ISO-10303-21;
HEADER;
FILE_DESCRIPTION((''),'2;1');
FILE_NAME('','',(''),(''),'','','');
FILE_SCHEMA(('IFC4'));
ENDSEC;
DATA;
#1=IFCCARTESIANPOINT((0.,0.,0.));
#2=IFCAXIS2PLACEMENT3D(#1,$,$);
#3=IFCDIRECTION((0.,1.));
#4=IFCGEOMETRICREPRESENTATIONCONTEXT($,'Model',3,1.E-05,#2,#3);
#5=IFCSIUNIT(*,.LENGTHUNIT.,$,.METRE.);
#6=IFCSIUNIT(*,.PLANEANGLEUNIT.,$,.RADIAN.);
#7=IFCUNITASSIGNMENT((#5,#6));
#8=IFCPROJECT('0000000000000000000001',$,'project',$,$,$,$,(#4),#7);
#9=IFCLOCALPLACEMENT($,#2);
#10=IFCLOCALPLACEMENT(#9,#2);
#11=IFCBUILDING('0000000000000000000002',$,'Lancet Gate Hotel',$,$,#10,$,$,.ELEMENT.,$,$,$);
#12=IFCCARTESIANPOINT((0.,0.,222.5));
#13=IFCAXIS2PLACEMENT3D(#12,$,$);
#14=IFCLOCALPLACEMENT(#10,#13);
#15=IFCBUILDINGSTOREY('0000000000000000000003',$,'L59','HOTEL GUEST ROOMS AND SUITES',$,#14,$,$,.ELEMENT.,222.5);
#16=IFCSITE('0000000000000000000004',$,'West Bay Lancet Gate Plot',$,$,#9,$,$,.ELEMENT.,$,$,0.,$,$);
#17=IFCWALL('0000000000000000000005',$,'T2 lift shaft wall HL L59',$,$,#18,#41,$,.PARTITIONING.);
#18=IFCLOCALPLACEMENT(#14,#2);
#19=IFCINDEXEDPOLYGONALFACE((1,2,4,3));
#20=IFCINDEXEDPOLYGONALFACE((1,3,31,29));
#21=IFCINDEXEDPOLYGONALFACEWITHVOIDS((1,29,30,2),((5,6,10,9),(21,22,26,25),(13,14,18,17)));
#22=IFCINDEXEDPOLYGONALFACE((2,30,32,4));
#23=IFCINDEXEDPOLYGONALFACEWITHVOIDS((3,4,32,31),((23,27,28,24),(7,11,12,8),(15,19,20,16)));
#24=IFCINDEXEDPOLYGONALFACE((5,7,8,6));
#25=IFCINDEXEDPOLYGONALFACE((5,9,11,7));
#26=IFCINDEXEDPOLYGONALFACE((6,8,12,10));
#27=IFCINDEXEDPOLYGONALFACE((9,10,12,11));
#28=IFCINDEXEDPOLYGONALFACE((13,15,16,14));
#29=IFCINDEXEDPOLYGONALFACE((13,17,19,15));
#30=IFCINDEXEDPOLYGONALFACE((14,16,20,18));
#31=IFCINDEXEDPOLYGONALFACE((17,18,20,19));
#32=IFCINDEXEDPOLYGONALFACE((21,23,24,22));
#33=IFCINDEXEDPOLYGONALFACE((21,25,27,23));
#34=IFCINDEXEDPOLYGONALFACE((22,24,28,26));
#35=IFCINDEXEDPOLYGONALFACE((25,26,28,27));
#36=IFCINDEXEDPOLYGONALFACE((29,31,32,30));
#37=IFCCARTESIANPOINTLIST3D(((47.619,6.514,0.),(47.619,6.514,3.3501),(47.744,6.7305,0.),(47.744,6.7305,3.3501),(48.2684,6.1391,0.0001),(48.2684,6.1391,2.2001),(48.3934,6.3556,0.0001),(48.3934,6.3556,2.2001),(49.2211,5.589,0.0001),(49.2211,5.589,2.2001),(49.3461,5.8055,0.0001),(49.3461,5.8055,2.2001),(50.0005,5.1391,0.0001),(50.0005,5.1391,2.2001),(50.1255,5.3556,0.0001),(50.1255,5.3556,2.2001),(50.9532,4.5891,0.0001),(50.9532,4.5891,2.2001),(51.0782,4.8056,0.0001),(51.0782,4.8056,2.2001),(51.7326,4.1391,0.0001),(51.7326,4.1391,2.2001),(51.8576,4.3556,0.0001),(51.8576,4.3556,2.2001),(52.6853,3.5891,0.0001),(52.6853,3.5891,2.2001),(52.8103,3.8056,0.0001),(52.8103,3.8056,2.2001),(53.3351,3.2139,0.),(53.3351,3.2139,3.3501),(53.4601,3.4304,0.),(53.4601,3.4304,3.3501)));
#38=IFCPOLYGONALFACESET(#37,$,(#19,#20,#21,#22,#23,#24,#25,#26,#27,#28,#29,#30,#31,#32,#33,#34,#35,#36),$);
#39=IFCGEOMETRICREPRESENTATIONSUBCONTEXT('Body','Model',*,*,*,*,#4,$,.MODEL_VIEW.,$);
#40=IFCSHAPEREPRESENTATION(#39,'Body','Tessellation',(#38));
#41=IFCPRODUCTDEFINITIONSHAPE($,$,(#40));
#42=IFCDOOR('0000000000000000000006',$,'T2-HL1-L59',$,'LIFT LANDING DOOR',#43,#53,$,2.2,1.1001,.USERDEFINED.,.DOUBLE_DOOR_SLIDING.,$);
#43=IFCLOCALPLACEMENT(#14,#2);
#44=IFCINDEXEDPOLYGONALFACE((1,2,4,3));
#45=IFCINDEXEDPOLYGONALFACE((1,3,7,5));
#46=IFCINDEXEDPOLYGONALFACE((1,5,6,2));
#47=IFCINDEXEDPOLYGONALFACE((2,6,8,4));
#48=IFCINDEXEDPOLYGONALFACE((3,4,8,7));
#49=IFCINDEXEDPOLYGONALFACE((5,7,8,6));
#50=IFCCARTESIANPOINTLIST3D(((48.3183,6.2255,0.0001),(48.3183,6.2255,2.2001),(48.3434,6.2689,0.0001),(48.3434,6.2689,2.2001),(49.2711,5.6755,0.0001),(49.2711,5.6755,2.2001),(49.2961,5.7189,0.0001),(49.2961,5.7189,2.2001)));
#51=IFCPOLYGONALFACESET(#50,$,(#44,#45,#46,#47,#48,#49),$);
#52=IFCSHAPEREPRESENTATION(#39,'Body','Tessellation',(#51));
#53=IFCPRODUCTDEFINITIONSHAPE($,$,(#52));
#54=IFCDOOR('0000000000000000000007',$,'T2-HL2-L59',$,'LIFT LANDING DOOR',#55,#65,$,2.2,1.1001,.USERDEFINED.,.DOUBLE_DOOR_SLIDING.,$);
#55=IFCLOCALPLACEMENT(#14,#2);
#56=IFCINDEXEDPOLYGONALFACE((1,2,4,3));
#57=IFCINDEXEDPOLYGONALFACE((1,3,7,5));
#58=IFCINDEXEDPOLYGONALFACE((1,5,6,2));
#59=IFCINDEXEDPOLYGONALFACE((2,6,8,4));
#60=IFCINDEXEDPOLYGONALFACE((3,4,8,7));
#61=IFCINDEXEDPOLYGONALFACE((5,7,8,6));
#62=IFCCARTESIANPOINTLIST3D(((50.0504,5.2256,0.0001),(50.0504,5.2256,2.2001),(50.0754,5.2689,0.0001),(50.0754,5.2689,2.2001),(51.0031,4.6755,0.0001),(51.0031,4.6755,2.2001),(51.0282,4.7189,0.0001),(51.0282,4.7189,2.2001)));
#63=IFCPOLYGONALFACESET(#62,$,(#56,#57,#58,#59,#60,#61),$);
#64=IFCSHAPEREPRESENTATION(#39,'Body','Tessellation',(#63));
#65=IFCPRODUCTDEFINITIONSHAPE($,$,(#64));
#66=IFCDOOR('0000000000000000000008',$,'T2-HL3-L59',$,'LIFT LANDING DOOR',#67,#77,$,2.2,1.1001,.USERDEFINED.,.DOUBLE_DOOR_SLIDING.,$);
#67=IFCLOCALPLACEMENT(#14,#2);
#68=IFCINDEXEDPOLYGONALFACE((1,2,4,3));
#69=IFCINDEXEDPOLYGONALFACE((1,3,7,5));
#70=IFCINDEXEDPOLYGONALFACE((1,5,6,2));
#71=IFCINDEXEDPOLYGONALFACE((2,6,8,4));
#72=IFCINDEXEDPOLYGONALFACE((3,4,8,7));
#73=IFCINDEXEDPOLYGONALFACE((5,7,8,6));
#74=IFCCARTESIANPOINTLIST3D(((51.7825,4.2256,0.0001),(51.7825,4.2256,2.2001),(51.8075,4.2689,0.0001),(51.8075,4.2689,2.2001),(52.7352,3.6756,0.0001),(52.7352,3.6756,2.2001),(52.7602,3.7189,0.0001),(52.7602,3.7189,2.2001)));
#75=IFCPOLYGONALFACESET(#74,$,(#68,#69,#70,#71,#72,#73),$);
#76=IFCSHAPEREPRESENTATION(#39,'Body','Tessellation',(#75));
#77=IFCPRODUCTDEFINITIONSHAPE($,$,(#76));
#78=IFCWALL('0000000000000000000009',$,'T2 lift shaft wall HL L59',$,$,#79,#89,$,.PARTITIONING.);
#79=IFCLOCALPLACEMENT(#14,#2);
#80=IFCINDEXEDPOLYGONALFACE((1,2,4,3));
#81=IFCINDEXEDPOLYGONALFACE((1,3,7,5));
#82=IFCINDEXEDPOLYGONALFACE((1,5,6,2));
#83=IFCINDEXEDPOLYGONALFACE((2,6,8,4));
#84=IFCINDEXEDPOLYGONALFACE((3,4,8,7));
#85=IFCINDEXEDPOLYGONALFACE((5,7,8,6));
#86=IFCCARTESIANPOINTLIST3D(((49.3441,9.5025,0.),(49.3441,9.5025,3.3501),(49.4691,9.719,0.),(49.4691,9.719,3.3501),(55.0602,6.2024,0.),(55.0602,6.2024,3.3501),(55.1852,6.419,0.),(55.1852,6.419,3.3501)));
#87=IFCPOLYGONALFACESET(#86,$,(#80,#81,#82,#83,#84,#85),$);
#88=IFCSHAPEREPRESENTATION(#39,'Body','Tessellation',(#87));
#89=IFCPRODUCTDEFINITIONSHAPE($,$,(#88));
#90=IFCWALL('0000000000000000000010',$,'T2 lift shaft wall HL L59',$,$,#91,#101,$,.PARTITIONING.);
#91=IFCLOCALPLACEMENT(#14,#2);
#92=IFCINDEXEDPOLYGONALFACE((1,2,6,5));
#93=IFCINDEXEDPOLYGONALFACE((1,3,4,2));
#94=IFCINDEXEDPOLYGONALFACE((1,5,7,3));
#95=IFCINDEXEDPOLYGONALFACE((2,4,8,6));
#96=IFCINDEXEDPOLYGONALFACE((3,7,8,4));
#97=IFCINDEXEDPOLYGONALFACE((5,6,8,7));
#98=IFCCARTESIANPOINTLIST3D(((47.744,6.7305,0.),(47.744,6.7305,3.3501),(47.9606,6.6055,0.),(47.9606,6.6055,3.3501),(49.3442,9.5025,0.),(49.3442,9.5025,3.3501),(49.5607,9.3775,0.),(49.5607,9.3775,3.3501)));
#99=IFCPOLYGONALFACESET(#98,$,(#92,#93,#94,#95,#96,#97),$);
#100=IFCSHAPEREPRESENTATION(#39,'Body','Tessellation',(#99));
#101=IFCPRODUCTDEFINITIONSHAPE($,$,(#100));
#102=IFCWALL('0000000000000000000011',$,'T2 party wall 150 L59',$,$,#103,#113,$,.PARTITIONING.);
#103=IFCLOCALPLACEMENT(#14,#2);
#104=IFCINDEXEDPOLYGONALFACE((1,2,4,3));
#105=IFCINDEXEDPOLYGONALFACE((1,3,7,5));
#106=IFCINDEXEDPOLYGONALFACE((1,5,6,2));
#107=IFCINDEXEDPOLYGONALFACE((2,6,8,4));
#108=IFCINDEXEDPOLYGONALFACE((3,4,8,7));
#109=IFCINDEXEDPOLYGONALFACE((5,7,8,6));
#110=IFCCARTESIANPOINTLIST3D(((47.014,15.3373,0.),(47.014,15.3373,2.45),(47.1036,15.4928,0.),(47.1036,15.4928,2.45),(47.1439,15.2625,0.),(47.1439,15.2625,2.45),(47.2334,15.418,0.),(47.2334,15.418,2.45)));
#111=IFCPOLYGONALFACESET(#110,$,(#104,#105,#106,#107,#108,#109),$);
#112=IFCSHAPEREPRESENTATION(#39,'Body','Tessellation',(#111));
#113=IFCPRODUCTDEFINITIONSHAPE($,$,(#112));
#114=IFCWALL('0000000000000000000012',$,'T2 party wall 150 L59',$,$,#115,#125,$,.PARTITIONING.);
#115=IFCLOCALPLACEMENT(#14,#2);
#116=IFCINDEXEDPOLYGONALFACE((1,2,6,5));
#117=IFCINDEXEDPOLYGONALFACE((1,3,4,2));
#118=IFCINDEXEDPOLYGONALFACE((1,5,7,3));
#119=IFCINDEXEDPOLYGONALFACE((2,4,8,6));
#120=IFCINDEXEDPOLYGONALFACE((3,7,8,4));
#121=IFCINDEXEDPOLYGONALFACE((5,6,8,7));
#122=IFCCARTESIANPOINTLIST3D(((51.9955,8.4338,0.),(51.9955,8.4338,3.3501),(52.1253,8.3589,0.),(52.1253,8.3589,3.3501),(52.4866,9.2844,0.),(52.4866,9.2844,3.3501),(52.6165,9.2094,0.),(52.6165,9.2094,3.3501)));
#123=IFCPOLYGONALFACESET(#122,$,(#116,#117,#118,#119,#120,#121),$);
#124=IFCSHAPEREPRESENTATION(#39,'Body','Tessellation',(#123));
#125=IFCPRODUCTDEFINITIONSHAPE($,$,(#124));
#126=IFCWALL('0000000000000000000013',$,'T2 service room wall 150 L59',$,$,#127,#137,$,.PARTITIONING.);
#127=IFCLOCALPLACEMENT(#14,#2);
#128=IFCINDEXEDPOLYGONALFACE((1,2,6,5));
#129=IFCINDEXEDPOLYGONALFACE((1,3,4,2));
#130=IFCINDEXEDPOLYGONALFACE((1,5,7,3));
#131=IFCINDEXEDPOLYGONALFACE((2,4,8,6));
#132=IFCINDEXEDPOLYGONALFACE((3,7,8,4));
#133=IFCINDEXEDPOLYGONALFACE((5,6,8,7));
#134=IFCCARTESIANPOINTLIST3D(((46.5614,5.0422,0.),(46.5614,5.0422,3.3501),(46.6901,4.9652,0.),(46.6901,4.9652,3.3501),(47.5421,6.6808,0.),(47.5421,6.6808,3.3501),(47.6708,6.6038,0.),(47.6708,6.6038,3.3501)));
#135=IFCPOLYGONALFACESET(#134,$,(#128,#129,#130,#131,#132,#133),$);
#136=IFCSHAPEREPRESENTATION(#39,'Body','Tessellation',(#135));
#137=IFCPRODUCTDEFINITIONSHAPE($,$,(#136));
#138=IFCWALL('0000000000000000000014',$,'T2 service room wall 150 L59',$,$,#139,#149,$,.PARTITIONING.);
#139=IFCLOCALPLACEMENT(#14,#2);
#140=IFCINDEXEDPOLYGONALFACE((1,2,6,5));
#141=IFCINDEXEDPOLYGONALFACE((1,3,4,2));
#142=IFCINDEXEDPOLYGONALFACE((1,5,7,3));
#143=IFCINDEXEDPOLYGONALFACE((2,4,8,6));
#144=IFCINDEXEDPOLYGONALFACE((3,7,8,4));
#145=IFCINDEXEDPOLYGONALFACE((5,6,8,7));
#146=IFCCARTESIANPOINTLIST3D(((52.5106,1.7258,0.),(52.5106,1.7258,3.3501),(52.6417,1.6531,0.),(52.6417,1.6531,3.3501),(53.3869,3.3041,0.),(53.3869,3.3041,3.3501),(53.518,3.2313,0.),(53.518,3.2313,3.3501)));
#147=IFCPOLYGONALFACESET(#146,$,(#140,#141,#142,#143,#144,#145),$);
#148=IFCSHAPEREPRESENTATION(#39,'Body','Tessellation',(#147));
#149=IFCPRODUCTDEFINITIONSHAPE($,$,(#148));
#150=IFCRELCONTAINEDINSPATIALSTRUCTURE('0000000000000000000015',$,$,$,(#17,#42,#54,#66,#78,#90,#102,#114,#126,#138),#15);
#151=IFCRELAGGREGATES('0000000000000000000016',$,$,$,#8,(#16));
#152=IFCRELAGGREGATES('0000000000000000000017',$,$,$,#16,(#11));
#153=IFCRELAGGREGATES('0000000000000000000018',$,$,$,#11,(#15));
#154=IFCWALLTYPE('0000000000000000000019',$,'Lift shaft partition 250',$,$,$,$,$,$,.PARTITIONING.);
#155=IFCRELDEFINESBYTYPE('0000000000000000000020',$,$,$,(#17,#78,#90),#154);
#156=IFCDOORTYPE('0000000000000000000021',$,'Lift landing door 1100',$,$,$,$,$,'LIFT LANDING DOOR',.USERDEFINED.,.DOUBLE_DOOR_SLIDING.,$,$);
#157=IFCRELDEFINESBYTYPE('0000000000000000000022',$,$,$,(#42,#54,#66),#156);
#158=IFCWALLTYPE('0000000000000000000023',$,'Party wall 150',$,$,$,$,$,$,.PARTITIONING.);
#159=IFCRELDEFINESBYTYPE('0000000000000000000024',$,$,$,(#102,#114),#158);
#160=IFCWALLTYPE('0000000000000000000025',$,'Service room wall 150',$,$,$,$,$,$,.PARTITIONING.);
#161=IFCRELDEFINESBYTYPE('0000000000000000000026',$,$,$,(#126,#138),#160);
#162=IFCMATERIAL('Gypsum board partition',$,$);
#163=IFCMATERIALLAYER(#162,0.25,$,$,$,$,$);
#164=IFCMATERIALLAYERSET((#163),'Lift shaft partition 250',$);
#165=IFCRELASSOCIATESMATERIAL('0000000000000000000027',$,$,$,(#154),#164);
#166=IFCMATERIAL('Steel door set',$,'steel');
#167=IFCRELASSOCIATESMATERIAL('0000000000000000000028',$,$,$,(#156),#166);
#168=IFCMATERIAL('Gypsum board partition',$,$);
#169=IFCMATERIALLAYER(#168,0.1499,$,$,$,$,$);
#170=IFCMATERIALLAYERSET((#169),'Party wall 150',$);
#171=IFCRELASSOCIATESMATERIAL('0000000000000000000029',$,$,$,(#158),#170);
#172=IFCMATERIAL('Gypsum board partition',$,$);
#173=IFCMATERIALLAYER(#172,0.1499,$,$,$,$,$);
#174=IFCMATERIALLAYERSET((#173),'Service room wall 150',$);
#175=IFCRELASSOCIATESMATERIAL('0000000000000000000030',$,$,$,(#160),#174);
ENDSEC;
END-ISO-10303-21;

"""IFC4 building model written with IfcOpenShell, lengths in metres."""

from ifc_helpers import new_model, si_unit, direction, frame, frame_2d, origin, place, context, subcontext, project, spatial, rectangle, extrude, material, layer, layer_set, type_object, element, fill, save


model = new_model("IFC4")

# Units and contexts
model_context = context("Model", 3, precision=1e-05, world=origin(), true_north=direction((0.0, 1.0)))
body_context = subcontext(model_context, "Body", "Model", "MODEL_VIEW")
ifc_project = project(units=[si_unit("LENGTHUNIT", "METRE"), si_unit("PLANEANGLEUNIT", "RADIAN")], contexts=[model_context])

# Site, building, storey
site_placement = place(None, origin())
site = spatial("IfcSite", under=ifc_project, at=site_placement, Name="West Bay Lancet Gate Plot", CompositionType="ELEMENT", RefElevation=0.0)
building_placement = place(site_placement, origin())
building = spatial("IfcBuilding", under=site, at=building_placement, Name="Lancet Gate Hotel", CompositionType="ELEMENT")
storey_placement = place(building_placement, frame((0.0, 0.0, 222.5)))
storey = spatial("IfcBuildingStorey", under=building, at=storey_placement, Name="L59", Description="HOTEL GUEST ROOMS AND SUITES", CompositionType="ELEMENT", Elevation=222.5)

# Wall, openings, doors
ifc_material_1 = material(Name="Gypsum board partition")
ifc_layer_1 = layer(ifc_material_1, 0.25)
ifc_layer_set_1 = layer_set([ifc_layer_1], Name="Lift shaft partition 250")
wall_type_1 = type_object("IfcWallType", Name="Lift shaft partition 250", PredefinedType="PARTITIONING", material=ifc_layer_set_1)
wall_1_placement = place(storey_placement, frame((47.6814, 6.6223, 0.0), z_axis=(0.0, 0.0, 1.0), x_axis=(0.866033, -0.499986, 0.0)))
wall_1 = element("IfcWall", 1, at=wall_1_placement, inside=storey, type_object=wall_type_1, Name="T2 lift shaft wall HL L59", PredefinedType="PARTITIONING", context=body_context, shape_type="SweptSolid", body=[
    extrude(rectangle(XDim=6.6003, YDim=0.25, at=frame_2d((3.3003, 0.0))), origin(), (0.0, 0.0, 1.0), 3.3501),
])
opening_1_placement = place(wall_1_placement, frame((0.75, 0.0, 0.0)))
opening_1 = element("IfcOpeningElement", 2, at=opening_1_placement, cuts=wall_1, PredefinedType="OPENING", context=body_context, shape_type="SweptSolid", body=[
    extrude(rectangle(XDim=1.1001, YDim=2.2, at=frame_2d((0.55, 1.1001))), frame((0.0, 0.135, 0.0), z_axis=(0.0, -1.0, 0.0), x_axis=(1.0, 0.0, 0.0)), (0.0, 0.0, 1.0), 0.27),
])
opening_2_placement = place(wall_1_placement, frame((2.75, 0.0, 0.0)))
opening_2 = element("IfcOpeningElement", 3, at=opening_2_placement, cuts=wall_1, PredefinedType="OPENING", context=body_context, shape_type="SweptSolid", body=[
    extrude(rectangle(XDim=1.1001, YDim=2.2, at=frame_2d((0.55, 1.1001))), frame((0.0, 0.135, 0.0), z_axis=(0.0, -1.0, 0.0), x_axis=(1.0, 0.0, 0.0)), (0.0, 0.0, 1.0), 0.27),
])
opening_3_placement = place(wall_1_placement, frame((4.75, 0.0, 0.0)))
opening_3 = element("IfcOpeningElement", 4, at=opening_3_placement, cuts=wall_1, PredefinedType="OPENING", context=body_context, shape_type="SweptSolid", body=[
    extrude(rectangle(XDim=1.1001, YDim=2.2, at=frame_2d((0.55, 1.1001))), frame((0.0, 0.135, 0.0), z_axis=(0.0, -1.0, 0.0), x_axis=(1.0, 0.0, 0.0)), (0.0, 0.0, 1.0), 0.27),
])
ifc_material_2 = material(Name="Steel door set", Category="steel")
door_type_1 = type_object("IfcDoorType", Name="Lift landing door 1100", ElementType="LIFT LANDING DOOR", OperationType="DOUBLE_DOOR_SLIDING", PredefinedType="USERDEFINED", material=ifc_material_2)
door_1_placement = place(opening_1_placement, origin())
door_1 = element("IfcDoor", 5, at=door_1_placement, inside=storey, type_object=door_type_1, Name="T2-HL1-L59", ObjectType="LIFT LANDING DOOR", OperationType="DOUBLE_DOOR_SLIDING", OverallHeight=2.2, OverallWidth=1.1001, PredefinedType="USERDEFINED", context=body_context, shape_type="SweptSolid", body=[
    extrude(rectangle(XDim=1.1001, YDim=2.2, at=frame_2d((0.55, 1.1001))), frame((0.0, 0.0249, 0.0), z_axis=(0.0, -1.0, 0.0), x_axis=(1.0, 0.0, 0.0)), (0.0, 0.0, 1.0), 0.05),
])
fill(opening_1, door_1)
door_2_placement = place(opening_2_placement, origin())
door_2 = element("IfcDoor", 6, at=door_2_placement, inside=storey, type_object=door_type_1, Name="T2-HL2-L59", ObjectType="LIFT LANDING DOOR", OperationType="DOUBLE_DOOR_SLIDING", OverallHeight=2.2, OverallWidth=1.1001, PredefinedType="USERDEFINED", context=body_context, shape_type="SweptSolid", body=[
    extrude(rectangle(XDim=1.1001, YDim=2.2, at=frame_2d((0.55, 1.1001))), frame((0.0, 0.0249, 0.0), z_axis=(0.0, -1.0, 0.0), x_axis=(1.0, 0.0, 0.0)), (0.0, 0.0, 1.0), 0.05),
])
fill(opening_2, door_2)
door_3_placement = place(opening_3_placement, origin())
door_3 = element("IfcDoor", 7, at=door_3_placement, inside=storey, type_object=door_type_1, Name="T2-HL3-L59", ObjectType="LIFT LANDING DOOR", OperationType="DOUBLE_DOOR_SLIDING", OverallHeight=2.2, OverallWidth=1.1001, PredefinedType="USERDEFINED", context=body_context, shape_type="SweptSolid", body=[
    extrude(rectangle(XDim=1.1001, YDim=2.2, at=frame_2d((0.55, 1.1001))), frame((0.0, 0.0249, 0.0), z_axis=(0.0, -1.0, 0.0), x_axis=(1.0, 0.0, 0.0)), (0.0, 0.0, 1.0), 0.05),
])
fill(opening_3, door_3)

# Walls
wall_2_placement = place(storey_placement, frame((49.4065, 9.6108, 0.0), z_axis=(0.0, 0.0, 1.0), x_axis=(0.866033, -0.499986, 0.0)))
element("IfcWall", 8, at=wall_2_placement, inside=storey, type_object=wall_type_1, Name="T2 lift shaft wall HL L59", PredefinedType="PARTITIONING", context=body_context, shape_type="SweptSolid", body=[
    extrude(rectangle(XDim=6.6003, YDim=0.25, at=frame_2d((3.3003, 0.0))), origin(), (0.0, 0.0, 1.0), 3.3501),
])
wall_3_placement = place(storey_placement, frame((47.8523, 6.668, 0.0), z_axis=(0.0, 0.0, 1.0), x_axis=(0.499929, 0.866066, 0.0)))
element("IfcWall", 9, at=wall_3_placement, inside=storey, type_object=wall_type_1, Name="T2 lift shaft wall HL L59", PredefinedType="PARTITIONING", context=body_context, shape_type="SweptSolid", body=[
    extrude(rectangle(XDim=3.2007, YDim=0.25, at=frame_2d((1.6003, 0.0))), origin(), (0.0, 0.0, 1.0), 3.3501),
])
ifc_material_3 = material(Name="Gypsum board partition")
ifc_layer_2 = layer(ifc_material_3, 0.1499)
ifc_layer_set_2 = layer_set([ifc_layer_2], Name="Party wall 150")
wall_type_2 = type_object("IfcWallType", Name="Party wall 150", PredefinedType="PARTITIONING", material=ifc_layer_set_2)
wall_4_placement = place(storey_placement, frame((47.0789, 15.2998, 0.0), z_axis=(0.0, 0.0, 1.0), x_axis=(0.499212, 0.86648, 0.0)))
element("IfcWall", 10, at=wall_4_placement, inside=storey, type_object=wall_type_2, Name="T2 party wall 150 L59", PredefinedType="PARTITIONING", context=body_context, shape_type="SweptSolid", body=[
    extrude(rectangle(XDim=0.1794, YDim=0.1499, at=frame_2d((0.0898, 0.0))), origin(), (0.0, 0.0, 1.0), 2.45),
])
wall_5_placement = place(storey_placement, frame((52.0603, 8.3962, 0.0), z_axis=(0.0, 0.0, 1.0), x_axis=(0.500095, 0.86597, 0.0)))
element("IfcWall", 11, at=wall_5_placement, inside=storey, type_object=wall_type_2, Name="T2 party wall 150 L59", PredefinedType="PARTITIONING", context=body_context, shape_type="SweptSolid", body=[
    extrude(rectangle(XDim=0.9822, YDim=0.1499, at=frame_2d((0.4912, 0.0))), origin(), (0.0, 0.0, 1.0), 3.3501),
])
ifc_material_4 = material(Name="Gypsum board partition")
ifc_layer_3 = layer(ifc_material_4, 0.1499)
ifc_layer_set_3 = layer_set([ifc_layer_3], Name="Service room wall 150")
wall_type_3 = type_object("IfcWallType", Name="Service room wall 150", PredefinedType="PARTITIONING", material=ifc_layer_set_3)
wall_6_placement = place(storey_placement, frame((47.6064, 6.6423, 0.0), z_axis=(0.0, 0.0, 1.0), x_axis=(-0.513537, -0.858068, 0.0)))
element("IfcWall", 12, at=wall_6_placement, inside=storey, type_object=wall_type_3, Name="T2 service room wall 150 L59", PredefinedType="PARTITIONING", context=body_context, shape_type="SweptSolid", body=[
    extrude(rectangle(XDim=1.9097, YDim=0.1499, at=frame_2d((0.9548, 0.0))), origin(), (0.0, 0.0, 1.0), 3.3501),
])
wall_7_placement = place(storey_placement, frame((52.5762, 1.6895, 0.0), z_axis=(0.0, 0.0, 1.0), x_axis=(0.485425, 0.874278, 0.0)))
element("IfcWall", 13, at=wall_7_placement, inside=storey, type_object=wall_type_3, Name="T2 service room wall 150 L59", PredefinedType="PARTITIONING", context=body_context, shape_type="SweptSolid", body=[
    extrude(rectangle(XDim=1.8052, YDim=0.1499, at=frame_2d((0.9026, 0.0))), origin(), (0.0, 0.0, 1.0), 3.3501),
])

save(model, "model.ifc")
